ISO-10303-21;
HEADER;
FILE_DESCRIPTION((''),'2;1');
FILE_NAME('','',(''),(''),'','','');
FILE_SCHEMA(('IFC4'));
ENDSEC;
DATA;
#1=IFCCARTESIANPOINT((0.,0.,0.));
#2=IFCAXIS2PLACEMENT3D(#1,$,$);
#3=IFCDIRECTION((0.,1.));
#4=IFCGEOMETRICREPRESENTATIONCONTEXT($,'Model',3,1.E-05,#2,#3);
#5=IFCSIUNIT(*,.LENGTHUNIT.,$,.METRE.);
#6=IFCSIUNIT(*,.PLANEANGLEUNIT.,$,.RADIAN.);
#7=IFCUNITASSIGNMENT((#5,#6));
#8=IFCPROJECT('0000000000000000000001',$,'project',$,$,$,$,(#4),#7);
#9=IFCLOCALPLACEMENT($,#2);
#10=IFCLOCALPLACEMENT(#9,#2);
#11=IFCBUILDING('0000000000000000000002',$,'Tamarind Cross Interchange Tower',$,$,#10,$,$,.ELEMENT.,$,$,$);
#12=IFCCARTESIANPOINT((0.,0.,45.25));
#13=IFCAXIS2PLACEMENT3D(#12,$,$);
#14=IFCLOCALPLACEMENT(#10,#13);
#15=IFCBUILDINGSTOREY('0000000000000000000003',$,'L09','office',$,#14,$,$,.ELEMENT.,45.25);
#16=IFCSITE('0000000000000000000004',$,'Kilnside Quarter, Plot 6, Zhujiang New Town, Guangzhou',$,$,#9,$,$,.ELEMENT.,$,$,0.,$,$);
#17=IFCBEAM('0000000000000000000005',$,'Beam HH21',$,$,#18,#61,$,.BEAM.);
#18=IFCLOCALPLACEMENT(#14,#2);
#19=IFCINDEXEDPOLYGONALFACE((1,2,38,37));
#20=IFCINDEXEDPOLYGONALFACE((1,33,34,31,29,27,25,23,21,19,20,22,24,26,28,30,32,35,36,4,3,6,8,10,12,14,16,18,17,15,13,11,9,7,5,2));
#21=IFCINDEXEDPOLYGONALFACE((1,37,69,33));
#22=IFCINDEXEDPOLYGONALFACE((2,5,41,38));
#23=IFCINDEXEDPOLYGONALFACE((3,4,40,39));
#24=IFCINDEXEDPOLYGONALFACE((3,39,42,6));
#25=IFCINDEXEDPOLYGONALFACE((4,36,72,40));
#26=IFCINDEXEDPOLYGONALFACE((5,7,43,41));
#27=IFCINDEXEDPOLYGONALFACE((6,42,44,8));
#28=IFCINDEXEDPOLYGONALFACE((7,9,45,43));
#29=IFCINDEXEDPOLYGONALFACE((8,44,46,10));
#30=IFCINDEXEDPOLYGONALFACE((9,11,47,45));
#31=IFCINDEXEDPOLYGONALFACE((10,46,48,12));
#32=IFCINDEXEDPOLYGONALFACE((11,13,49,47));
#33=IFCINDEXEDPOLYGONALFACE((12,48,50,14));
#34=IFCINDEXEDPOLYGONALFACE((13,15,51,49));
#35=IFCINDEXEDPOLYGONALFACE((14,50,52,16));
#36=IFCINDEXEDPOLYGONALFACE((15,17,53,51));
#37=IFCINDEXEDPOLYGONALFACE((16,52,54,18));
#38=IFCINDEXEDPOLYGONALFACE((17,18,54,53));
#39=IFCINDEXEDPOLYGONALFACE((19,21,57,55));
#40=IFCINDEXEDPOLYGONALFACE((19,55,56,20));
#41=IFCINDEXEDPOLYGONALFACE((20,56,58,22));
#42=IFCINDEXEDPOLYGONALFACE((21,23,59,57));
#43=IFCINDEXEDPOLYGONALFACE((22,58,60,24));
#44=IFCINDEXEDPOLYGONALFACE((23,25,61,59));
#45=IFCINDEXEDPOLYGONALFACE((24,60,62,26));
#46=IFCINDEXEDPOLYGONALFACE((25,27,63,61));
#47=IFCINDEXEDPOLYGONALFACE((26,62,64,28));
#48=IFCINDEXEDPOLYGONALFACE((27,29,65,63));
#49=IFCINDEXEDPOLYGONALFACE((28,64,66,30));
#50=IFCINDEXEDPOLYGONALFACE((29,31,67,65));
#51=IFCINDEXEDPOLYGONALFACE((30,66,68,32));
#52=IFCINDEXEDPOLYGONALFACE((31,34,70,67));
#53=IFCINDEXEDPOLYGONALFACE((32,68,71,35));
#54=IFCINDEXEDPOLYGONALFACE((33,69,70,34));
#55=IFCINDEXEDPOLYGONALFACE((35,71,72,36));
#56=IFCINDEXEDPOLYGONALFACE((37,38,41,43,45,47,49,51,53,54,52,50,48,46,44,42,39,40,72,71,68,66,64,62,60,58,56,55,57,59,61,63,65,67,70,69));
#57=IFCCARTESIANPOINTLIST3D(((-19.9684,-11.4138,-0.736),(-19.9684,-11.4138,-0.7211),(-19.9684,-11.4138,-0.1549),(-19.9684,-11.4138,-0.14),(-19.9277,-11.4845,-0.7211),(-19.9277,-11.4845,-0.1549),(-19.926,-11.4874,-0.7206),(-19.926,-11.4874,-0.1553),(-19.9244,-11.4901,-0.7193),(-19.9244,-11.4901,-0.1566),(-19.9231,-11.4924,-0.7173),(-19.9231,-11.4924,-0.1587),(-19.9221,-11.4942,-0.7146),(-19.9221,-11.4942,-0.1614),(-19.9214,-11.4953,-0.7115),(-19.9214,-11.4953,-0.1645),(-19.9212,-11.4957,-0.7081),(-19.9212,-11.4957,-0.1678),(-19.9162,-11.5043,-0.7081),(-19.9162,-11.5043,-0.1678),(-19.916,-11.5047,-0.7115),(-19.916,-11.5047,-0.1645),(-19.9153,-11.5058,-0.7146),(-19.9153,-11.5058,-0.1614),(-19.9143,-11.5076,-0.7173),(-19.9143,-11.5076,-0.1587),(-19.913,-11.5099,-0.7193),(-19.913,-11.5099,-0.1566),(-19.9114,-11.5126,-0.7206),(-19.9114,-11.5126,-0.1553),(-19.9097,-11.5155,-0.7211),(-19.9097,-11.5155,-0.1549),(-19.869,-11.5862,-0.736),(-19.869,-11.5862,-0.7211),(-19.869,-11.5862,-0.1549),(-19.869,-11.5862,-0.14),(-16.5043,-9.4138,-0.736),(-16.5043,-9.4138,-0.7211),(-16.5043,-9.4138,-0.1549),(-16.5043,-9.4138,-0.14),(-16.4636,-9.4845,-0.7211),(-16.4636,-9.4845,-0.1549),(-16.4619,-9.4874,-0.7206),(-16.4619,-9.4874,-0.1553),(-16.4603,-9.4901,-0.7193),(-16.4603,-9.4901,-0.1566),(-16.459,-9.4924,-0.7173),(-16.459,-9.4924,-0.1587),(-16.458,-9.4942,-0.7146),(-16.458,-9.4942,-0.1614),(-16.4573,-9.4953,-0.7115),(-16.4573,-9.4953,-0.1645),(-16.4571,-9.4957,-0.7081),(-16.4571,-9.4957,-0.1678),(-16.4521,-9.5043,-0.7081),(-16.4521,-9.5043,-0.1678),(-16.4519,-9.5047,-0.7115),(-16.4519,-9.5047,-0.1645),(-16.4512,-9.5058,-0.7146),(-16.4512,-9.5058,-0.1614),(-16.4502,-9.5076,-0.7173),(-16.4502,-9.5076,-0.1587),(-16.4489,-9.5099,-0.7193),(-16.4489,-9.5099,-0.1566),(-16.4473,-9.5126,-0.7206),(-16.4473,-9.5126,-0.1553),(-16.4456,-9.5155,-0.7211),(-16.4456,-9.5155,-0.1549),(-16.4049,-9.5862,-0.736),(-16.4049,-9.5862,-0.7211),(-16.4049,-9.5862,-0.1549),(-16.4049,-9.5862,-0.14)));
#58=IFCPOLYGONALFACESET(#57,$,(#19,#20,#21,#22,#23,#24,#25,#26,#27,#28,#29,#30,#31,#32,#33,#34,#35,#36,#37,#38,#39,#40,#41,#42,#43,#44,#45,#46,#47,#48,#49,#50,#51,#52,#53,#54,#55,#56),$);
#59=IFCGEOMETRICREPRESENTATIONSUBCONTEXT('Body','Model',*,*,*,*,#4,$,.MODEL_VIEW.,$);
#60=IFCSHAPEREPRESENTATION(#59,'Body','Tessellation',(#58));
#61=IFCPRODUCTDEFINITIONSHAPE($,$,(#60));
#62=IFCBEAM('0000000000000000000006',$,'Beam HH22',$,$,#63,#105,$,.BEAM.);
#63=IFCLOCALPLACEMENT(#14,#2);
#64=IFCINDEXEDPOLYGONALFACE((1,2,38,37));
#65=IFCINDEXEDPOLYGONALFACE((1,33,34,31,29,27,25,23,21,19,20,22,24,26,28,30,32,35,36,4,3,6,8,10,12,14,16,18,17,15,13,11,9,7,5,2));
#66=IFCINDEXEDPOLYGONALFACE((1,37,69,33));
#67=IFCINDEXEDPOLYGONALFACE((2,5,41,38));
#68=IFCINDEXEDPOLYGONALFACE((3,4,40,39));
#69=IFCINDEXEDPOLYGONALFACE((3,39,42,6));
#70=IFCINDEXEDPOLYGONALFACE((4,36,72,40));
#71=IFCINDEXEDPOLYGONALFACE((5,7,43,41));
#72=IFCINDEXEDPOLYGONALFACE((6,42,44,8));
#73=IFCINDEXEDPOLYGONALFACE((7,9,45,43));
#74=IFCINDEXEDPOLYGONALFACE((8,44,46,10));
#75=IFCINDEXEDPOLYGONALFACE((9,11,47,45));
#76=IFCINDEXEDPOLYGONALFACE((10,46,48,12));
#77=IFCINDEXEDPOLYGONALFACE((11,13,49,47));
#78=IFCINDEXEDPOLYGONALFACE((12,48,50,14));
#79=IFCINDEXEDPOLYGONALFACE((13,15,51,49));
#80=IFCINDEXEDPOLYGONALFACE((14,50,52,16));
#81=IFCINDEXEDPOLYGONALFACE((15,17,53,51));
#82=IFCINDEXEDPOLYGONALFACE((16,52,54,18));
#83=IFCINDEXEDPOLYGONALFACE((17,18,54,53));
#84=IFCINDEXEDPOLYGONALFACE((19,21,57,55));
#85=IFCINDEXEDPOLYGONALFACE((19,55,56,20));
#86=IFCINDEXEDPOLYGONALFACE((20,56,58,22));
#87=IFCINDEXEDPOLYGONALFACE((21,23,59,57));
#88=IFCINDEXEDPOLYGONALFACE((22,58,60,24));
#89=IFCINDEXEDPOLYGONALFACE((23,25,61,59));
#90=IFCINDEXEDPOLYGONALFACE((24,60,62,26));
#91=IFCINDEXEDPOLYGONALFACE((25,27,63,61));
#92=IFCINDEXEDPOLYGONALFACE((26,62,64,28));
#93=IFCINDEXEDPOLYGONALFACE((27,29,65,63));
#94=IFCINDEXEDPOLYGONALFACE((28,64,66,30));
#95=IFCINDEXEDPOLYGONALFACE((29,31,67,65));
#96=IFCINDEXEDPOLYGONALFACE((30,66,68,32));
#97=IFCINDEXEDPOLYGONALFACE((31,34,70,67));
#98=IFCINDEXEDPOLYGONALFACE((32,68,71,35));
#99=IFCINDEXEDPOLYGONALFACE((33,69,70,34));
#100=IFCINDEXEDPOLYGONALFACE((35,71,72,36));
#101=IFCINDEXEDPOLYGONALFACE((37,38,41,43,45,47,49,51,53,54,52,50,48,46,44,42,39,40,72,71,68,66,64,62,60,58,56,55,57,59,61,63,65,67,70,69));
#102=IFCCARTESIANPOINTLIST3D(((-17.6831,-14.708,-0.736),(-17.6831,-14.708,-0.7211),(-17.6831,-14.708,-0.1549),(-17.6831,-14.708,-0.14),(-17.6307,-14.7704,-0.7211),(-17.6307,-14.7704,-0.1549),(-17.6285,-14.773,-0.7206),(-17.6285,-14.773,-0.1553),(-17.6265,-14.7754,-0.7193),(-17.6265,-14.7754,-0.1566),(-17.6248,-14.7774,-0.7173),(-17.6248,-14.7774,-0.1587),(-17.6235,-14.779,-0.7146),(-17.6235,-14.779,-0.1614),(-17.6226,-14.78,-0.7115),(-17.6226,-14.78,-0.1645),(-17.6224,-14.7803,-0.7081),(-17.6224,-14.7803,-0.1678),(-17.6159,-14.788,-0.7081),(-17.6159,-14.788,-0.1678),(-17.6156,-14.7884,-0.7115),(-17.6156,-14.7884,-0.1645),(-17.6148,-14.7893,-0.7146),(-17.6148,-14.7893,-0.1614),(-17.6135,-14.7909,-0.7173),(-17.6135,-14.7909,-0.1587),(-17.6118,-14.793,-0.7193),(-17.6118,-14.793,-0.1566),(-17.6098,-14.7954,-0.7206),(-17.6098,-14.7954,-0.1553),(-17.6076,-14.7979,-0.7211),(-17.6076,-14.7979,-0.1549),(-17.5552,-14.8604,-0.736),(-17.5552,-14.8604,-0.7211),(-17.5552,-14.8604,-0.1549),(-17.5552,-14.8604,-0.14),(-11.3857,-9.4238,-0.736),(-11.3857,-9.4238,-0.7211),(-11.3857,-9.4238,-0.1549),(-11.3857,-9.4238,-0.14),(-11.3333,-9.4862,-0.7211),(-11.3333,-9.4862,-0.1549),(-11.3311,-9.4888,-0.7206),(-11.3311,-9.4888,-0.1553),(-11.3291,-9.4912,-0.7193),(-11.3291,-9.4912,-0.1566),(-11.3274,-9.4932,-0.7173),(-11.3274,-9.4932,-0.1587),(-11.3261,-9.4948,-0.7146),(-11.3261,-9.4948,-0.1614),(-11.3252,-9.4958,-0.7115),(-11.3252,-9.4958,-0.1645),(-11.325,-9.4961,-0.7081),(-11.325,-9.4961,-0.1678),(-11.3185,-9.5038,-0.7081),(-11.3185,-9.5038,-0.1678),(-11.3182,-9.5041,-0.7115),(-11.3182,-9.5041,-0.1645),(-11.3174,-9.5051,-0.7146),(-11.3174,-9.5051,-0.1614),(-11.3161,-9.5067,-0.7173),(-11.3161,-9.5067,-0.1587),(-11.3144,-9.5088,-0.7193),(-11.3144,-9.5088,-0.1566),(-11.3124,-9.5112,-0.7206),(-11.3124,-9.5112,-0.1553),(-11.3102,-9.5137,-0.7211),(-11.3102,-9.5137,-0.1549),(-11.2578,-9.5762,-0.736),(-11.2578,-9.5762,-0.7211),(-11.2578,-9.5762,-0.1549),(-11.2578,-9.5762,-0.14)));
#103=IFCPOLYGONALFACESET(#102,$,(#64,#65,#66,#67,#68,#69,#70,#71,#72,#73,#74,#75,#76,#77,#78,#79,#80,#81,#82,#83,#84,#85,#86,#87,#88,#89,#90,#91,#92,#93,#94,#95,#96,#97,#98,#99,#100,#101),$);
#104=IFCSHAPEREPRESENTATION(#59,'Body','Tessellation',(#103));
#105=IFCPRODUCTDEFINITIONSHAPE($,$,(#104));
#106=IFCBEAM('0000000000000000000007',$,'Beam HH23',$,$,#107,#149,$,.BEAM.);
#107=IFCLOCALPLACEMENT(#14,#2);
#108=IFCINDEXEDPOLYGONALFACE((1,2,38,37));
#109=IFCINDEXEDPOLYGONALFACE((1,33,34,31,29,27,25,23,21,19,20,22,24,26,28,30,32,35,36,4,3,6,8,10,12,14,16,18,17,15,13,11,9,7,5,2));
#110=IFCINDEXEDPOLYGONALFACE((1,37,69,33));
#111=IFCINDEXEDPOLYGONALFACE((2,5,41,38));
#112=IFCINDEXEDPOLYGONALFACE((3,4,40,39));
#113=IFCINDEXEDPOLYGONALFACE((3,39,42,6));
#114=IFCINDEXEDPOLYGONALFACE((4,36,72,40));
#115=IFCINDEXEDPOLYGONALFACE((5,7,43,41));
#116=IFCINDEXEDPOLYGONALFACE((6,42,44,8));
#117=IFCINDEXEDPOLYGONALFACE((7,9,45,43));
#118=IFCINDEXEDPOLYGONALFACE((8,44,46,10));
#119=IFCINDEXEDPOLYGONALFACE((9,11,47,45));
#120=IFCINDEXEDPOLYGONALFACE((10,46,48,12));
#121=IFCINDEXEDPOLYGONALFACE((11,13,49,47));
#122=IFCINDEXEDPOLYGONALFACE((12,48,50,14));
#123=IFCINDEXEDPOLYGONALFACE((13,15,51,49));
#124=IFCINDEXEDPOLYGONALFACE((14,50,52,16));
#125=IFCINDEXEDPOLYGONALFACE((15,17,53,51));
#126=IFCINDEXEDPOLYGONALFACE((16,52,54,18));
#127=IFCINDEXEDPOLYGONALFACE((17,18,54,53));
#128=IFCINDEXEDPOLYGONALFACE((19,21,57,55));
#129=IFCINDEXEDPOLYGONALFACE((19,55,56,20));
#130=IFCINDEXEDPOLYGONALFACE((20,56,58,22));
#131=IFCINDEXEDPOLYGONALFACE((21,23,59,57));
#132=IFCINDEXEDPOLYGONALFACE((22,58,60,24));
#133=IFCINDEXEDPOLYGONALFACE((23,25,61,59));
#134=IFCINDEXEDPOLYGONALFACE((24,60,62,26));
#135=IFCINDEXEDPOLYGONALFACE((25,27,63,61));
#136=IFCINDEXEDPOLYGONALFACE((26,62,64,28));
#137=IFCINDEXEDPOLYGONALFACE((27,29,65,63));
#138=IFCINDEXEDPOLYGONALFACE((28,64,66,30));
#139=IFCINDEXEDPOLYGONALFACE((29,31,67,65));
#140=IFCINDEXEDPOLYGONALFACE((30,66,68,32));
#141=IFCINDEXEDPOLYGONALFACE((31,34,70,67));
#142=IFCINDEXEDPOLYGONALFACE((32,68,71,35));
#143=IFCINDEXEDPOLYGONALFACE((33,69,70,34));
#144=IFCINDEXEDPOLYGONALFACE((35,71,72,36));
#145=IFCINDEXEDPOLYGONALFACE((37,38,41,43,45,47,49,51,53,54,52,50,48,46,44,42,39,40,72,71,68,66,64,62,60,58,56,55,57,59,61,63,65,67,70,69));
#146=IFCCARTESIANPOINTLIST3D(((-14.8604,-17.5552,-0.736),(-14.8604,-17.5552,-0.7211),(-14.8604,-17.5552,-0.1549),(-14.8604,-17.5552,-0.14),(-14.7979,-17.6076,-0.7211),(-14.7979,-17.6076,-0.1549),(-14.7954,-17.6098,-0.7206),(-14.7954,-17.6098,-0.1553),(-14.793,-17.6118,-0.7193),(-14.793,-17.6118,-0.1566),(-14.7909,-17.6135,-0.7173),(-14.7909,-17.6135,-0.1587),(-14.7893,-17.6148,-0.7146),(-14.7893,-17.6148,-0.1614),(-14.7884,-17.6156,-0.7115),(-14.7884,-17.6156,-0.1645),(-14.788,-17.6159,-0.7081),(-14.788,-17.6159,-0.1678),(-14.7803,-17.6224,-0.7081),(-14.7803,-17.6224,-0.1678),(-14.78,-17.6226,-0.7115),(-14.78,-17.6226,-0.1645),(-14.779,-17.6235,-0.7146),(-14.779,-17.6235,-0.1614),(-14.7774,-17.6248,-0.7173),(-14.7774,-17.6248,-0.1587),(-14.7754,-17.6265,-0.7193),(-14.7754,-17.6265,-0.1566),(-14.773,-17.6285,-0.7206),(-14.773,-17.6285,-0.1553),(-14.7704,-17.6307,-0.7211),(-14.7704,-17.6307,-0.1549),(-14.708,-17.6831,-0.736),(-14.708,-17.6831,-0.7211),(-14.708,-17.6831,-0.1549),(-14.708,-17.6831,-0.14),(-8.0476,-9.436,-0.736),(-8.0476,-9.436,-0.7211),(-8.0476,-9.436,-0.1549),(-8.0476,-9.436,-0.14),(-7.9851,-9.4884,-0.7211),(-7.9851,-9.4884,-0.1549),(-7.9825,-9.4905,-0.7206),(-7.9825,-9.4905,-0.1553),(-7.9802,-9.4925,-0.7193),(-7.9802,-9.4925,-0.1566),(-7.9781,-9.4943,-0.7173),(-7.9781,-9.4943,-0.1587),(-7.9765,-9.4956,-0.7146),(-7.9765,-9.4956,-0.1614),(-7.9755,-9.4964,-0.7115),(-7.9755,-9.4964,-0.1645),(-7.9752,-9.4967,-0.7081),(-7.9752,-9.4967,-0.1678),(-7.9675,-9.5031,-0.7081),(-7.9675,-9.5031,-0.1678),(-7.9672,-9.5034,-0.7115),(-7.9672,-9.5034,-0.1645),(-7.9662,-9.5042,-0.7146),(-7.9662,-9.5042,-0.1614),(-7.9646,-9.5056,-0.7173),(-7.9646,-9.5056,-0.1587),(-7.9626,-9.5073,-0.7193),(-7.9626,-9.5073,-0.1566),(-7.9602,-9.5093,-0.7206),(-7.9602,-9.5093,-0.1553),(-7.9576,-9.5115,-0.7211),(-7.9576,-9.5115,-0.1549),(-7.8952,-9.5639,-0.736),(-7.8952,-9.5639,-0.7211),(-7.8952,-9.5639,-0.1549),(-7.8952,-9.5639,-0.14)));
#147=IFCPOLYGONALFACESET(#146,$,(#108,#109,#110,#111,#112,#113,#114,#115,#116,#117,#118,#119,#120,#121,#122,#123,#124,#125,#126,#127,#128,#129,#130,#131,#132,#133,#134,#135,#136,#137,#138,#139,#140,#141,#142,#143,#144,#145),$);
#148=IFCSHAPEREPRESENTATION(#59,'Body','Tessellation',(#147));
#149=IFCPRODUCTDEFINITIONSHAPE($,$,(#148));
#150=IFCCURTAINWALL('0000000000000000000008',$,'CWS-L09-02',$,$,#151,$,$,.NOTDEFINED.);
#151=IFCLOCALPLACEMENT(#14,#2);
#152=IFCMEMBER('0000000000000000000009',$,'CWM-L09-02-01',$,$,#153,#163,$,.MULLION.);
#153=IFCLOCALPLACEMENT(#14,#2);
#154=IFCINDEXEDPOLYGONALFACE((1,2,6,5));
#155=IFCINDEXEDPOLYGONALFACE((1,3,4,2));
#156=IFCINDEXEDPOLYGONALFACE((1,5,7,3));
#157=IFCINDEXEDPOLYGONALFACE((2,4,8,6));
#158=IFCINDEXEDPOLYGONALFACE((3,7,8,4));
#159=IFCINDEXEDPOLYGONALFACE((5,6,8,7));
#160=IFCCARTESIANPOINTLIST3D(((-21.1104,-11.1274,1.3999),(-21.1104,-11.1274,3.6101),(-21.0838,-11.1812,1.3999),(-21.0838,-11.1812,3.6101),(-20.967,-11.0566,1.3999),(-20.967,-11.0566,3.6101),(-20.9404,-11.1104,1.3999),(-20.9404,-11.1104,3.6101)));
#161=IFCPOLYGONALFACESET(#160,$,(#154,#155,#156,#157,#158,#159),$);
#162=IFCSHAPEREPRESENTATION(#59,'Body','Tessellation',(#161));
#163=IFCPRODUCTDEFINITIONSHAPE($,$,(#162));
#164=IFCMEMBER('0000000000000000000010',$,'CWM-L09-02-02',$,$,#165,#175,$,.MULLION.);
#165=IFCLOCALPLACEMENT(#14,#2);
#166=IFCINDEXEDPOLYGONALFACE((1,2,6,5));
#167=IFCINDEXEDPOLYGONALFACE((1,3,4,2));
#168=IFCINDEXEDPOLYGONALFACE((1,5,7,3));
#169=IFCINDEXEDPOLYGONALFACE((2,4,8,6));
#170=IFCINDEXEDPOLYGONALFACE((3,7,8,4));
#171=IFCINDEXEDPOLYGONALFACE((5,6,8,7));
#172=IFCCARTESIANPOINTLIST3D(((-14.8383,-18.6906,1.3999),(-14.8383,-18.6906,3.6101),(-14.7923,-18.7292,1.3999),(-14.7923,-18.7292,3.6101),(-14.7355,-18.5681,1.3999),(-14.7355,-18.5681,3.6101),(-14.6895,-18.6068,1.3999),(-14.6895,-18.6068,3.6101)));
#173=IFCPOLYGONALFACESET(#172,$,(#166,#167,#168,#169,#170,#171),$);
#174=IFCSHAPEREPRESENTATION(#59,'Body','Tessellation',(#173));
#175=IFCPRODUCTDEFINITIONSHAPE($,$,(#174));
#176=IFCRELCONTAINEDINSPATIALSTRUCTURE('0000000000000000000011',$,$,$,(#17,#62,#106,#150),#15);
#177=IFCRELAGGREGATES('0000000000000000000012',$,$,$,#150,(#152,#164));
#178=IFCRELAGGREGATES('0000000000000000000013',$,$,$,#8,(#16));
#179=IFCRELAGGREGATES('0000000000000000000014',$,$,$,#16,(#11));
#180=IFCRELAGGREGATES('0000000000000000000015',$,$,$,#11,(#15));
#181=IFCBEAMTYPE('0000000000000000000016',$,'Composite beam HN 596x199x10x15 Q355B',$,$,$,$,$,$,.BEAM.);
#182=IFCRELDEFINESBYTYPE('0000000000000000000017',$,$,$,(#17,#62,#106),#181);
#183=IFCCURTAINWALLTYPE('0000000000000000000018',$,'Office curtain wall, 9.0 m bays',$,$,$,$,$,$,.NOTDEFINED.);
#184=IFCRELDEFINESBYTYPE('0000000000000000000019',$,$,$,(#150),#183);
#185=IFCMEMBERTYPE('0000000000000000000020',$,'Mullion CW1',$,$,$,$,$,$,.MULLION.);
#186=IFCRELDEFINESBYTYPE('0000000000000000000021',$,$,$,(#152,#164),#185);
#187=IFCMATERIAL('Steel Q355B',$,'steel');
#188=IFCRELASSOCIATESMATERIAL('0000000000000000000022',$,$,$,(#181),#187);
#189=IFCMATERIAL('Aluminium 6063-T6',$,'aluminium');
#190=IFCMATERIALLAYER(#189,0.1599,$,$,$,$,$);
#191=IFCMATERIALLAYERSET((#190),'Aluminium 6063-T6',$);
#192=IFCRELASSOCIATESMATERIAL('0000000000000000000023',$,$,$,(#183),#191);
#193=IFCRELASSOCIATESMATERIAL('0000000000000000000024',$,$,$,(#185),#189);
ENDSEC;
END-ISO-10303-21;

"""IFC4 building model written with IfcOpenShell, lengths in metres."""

from ifc_helpers import new_model, si_unit, direction, frame, origin, origin_2d, place, context, subcontext, project, spatial, rectangle, i_section, extrude, material, layer, layer_set, material_profile, profile_set, type_object, element, aggregate, save


model = new_model("IFC4")

# Units and contexts
model_context = context("Model", 3, precision=1e-05, world=origin(), true_north=direction((0.0, 1.0)))
body_context = subcontext(model_context, "Body", "Model", "MODEL_VIEW")
ifc_project = project(units=[si_unit("LENGTHUNIT", "METRE"), si_unit("PLANEANGLEUNIT", "RADIAN")], contexts=[model_context])

# Site, building, storey
site_placement = place(None, origin())
site = spatial("IfcSite", under=ifc_project, at=site_placement, Name="Kilnside Quarter, Plot 6, Zhujiang New Town, Guangzhou", CompositionType="ELEMENT", RefElevation=0.0)
building_placement = place(site_placement, origin())
building = spatial("IfcBuilding", under=site, at=building_placement, Name="Tamarind Cross Interchange Tower", CompositionType="ELEMENT")
storey_placement = place(building_placement, frame((0.0, 0.0, 45.25)))
storey = spatial("IfcBuildingStorey", under=building, at=storey_placement, Name="L09", Description="office", CompositionType="ELEMENT", Elevation=45.25)

# Beams
ifc_material_1 = material(Name="Steel Q355B", Category="steel")
ifc_material_profile_1 = material_profile(ifc_material_1, i_section(OverallWidth=0.199, OverallDepth=0.5959, WebThickness=0.01, FlangeThickness=0.0149, FilletRadius=0.0129, at=origin_2d()), Name="HN 596x199x10x15")
ifc_profile_set_1 = profile_set([ifc_material_profile_1], Name="Steel Q355B")
beam_type = type_object("IfcBeamType", Name="Composite beam HN 596x199x10x15 Q355B", PredefinedType="BEAM", material=ifc_profile_set_1)
beam_1_placement = place(storey_placement, frame((-19.9187, -11.5, -0.438), z_axis=(0.866026, 0.499999, 0.0), x_axis=(-0.499999, 0.866026, 0.0)))
element("IfcBeam", 1, at=beam_1_placement, inside=storey, type_object=beam_type, Name="Beam HH21", PredefinedType="BEAM", context=body_context, shape_type="SweptSolid", body=[
    extrude(i_section(OverallWidth=0.199, OverallDepth=0.5959, WebThickness=0.01, FlangeThickness=0.0149, FilletRadius=0.0129, at=origin_2d()), origin(), (0.0, 0.0, 1.0), 4.0),
])
beam_2_placement = place(storey_placement, frame((-17.6191, -14.7842, -0.438), z_axis=(0.766041, 0.642792, 0.0), x_axis=(-0.642792, 0.766041, 0.0)))
element("IfcBeam", 2, at=beam_2_placement, inside=storey, type_object=beam_type, Name="Beam HH22", PredefinedType="BEAM", context=body_context, shape_type="SweptSolid", body=[
    extrude(i_section(OverallWidth=0.199, OverallDepth=0.5959, WebThickness=0.01, FlangeThickness=0.0149, FilletRadius=0.0129, at=origin_2d()), origin(), (0.0, 0.0, 1.0), 8.2207),
])
beam_3_placement = place(storey_placement, frame((-14.7842, -17.6191, -0.438), z_axis=(0.642786, 0.766046, 0.0), x_axis=(-0.766046, 0.642786, 0.0)))
element("IfcBeam", 3, at=beam_3_placement, inside=storey, type_object=beam_type, Name="Beam HH23", PredefinedType="BEAM", context=body_context, shape_type="SweptSolid", body=[
    extrude(i_section(OverallWidth=0.199, OverallDepth=0.5959, WebThickness=0.01, FlangeThickness=0.0149, FilletRadius=0.0129, at=origin_2d()), origin(), (0.0, 0.0, 1.0), 10.5989),
])

# Curtain wall, members
ifc_material_2 = material(Name="Aluminium 6063-T6", Category="aluminium")
ifc_layer_1 = layer(ifc_material_2, 0.1599)
ifc_layer_set_1 = layer_set([ifc_layer_1], Name="Aluminium 6063-T6")
curtain_wall_type = type_object("IfcCurtainWallType", Name="Office curtain wall, 9.0 m bays", PredefinedType="NOTDEFINED", material=ifc_layer_set_1)
curtain_wall_placement = place(storey_placement, origin())
curtain_wall = element("IfcCurtainWall", 4, at=curtain_wall_placement, inside=storey, type_object=curtain_wall_type, Name="CWS-L09-02", PredefinedType="NOTDEFINED")
ifc_material_profile_2 = material_profile(ifc_material_2, rectangle(XDim=0.0601, YDim=0.1599, at=origin_2d()), Name="Mullion CW1")
ifc_profile_set_2 = profile_set([ifc_material_profile_2], Name="Aluminium 6063-T6")
member_type = type_object("IfcMemberType", Name="Mullion CW1", PredefinedType="MULLION", material=ifc_profile_set_2)
member_1_placement = place(storey_placement, frame((-21.0254, -11.1189, 1.3999), z_axis=(0.0, 0.0, 1.0), x_axis=(0.443059, -0.896493, 0.0)))
member_1 = element("IfcMember", 5, at=member_1_placement, type_object=member_type, Name="CWM-L09-02-01", PredefinedType="MULLION", context=body_context, shape_type="SweptSolid", body=[
    extrude(rectangle(XDim=0.0601, YDim=0.1599, at=origin_2d()), origin(), (0.0, 0.0, 1.0), 2.2102),
])
member_2_placement = place(storey_placement, frame((-14.7639, -18.6487, 1.3999), z_axis=(0.0, 0.0, 1.0), x_axis=(0.765858, -0.643009, 0.0)))
member_2 = element("IfcMember", 6, at=member_2_placement, type_object=member_type, Name="CWM-L09-02-02", PredefinedType="MULLION", context=body_context, shape_type="SweptSolid", body=[
    extrude(rectangle(XDim=0.0601, YDim=0.1599, at=origin_2d()), origin(), (0.0, 0.0, 1.0), 2.2102),
])
aggregate(curtain_wall, [member_1, member_2])

save(model, "model.ifc")
